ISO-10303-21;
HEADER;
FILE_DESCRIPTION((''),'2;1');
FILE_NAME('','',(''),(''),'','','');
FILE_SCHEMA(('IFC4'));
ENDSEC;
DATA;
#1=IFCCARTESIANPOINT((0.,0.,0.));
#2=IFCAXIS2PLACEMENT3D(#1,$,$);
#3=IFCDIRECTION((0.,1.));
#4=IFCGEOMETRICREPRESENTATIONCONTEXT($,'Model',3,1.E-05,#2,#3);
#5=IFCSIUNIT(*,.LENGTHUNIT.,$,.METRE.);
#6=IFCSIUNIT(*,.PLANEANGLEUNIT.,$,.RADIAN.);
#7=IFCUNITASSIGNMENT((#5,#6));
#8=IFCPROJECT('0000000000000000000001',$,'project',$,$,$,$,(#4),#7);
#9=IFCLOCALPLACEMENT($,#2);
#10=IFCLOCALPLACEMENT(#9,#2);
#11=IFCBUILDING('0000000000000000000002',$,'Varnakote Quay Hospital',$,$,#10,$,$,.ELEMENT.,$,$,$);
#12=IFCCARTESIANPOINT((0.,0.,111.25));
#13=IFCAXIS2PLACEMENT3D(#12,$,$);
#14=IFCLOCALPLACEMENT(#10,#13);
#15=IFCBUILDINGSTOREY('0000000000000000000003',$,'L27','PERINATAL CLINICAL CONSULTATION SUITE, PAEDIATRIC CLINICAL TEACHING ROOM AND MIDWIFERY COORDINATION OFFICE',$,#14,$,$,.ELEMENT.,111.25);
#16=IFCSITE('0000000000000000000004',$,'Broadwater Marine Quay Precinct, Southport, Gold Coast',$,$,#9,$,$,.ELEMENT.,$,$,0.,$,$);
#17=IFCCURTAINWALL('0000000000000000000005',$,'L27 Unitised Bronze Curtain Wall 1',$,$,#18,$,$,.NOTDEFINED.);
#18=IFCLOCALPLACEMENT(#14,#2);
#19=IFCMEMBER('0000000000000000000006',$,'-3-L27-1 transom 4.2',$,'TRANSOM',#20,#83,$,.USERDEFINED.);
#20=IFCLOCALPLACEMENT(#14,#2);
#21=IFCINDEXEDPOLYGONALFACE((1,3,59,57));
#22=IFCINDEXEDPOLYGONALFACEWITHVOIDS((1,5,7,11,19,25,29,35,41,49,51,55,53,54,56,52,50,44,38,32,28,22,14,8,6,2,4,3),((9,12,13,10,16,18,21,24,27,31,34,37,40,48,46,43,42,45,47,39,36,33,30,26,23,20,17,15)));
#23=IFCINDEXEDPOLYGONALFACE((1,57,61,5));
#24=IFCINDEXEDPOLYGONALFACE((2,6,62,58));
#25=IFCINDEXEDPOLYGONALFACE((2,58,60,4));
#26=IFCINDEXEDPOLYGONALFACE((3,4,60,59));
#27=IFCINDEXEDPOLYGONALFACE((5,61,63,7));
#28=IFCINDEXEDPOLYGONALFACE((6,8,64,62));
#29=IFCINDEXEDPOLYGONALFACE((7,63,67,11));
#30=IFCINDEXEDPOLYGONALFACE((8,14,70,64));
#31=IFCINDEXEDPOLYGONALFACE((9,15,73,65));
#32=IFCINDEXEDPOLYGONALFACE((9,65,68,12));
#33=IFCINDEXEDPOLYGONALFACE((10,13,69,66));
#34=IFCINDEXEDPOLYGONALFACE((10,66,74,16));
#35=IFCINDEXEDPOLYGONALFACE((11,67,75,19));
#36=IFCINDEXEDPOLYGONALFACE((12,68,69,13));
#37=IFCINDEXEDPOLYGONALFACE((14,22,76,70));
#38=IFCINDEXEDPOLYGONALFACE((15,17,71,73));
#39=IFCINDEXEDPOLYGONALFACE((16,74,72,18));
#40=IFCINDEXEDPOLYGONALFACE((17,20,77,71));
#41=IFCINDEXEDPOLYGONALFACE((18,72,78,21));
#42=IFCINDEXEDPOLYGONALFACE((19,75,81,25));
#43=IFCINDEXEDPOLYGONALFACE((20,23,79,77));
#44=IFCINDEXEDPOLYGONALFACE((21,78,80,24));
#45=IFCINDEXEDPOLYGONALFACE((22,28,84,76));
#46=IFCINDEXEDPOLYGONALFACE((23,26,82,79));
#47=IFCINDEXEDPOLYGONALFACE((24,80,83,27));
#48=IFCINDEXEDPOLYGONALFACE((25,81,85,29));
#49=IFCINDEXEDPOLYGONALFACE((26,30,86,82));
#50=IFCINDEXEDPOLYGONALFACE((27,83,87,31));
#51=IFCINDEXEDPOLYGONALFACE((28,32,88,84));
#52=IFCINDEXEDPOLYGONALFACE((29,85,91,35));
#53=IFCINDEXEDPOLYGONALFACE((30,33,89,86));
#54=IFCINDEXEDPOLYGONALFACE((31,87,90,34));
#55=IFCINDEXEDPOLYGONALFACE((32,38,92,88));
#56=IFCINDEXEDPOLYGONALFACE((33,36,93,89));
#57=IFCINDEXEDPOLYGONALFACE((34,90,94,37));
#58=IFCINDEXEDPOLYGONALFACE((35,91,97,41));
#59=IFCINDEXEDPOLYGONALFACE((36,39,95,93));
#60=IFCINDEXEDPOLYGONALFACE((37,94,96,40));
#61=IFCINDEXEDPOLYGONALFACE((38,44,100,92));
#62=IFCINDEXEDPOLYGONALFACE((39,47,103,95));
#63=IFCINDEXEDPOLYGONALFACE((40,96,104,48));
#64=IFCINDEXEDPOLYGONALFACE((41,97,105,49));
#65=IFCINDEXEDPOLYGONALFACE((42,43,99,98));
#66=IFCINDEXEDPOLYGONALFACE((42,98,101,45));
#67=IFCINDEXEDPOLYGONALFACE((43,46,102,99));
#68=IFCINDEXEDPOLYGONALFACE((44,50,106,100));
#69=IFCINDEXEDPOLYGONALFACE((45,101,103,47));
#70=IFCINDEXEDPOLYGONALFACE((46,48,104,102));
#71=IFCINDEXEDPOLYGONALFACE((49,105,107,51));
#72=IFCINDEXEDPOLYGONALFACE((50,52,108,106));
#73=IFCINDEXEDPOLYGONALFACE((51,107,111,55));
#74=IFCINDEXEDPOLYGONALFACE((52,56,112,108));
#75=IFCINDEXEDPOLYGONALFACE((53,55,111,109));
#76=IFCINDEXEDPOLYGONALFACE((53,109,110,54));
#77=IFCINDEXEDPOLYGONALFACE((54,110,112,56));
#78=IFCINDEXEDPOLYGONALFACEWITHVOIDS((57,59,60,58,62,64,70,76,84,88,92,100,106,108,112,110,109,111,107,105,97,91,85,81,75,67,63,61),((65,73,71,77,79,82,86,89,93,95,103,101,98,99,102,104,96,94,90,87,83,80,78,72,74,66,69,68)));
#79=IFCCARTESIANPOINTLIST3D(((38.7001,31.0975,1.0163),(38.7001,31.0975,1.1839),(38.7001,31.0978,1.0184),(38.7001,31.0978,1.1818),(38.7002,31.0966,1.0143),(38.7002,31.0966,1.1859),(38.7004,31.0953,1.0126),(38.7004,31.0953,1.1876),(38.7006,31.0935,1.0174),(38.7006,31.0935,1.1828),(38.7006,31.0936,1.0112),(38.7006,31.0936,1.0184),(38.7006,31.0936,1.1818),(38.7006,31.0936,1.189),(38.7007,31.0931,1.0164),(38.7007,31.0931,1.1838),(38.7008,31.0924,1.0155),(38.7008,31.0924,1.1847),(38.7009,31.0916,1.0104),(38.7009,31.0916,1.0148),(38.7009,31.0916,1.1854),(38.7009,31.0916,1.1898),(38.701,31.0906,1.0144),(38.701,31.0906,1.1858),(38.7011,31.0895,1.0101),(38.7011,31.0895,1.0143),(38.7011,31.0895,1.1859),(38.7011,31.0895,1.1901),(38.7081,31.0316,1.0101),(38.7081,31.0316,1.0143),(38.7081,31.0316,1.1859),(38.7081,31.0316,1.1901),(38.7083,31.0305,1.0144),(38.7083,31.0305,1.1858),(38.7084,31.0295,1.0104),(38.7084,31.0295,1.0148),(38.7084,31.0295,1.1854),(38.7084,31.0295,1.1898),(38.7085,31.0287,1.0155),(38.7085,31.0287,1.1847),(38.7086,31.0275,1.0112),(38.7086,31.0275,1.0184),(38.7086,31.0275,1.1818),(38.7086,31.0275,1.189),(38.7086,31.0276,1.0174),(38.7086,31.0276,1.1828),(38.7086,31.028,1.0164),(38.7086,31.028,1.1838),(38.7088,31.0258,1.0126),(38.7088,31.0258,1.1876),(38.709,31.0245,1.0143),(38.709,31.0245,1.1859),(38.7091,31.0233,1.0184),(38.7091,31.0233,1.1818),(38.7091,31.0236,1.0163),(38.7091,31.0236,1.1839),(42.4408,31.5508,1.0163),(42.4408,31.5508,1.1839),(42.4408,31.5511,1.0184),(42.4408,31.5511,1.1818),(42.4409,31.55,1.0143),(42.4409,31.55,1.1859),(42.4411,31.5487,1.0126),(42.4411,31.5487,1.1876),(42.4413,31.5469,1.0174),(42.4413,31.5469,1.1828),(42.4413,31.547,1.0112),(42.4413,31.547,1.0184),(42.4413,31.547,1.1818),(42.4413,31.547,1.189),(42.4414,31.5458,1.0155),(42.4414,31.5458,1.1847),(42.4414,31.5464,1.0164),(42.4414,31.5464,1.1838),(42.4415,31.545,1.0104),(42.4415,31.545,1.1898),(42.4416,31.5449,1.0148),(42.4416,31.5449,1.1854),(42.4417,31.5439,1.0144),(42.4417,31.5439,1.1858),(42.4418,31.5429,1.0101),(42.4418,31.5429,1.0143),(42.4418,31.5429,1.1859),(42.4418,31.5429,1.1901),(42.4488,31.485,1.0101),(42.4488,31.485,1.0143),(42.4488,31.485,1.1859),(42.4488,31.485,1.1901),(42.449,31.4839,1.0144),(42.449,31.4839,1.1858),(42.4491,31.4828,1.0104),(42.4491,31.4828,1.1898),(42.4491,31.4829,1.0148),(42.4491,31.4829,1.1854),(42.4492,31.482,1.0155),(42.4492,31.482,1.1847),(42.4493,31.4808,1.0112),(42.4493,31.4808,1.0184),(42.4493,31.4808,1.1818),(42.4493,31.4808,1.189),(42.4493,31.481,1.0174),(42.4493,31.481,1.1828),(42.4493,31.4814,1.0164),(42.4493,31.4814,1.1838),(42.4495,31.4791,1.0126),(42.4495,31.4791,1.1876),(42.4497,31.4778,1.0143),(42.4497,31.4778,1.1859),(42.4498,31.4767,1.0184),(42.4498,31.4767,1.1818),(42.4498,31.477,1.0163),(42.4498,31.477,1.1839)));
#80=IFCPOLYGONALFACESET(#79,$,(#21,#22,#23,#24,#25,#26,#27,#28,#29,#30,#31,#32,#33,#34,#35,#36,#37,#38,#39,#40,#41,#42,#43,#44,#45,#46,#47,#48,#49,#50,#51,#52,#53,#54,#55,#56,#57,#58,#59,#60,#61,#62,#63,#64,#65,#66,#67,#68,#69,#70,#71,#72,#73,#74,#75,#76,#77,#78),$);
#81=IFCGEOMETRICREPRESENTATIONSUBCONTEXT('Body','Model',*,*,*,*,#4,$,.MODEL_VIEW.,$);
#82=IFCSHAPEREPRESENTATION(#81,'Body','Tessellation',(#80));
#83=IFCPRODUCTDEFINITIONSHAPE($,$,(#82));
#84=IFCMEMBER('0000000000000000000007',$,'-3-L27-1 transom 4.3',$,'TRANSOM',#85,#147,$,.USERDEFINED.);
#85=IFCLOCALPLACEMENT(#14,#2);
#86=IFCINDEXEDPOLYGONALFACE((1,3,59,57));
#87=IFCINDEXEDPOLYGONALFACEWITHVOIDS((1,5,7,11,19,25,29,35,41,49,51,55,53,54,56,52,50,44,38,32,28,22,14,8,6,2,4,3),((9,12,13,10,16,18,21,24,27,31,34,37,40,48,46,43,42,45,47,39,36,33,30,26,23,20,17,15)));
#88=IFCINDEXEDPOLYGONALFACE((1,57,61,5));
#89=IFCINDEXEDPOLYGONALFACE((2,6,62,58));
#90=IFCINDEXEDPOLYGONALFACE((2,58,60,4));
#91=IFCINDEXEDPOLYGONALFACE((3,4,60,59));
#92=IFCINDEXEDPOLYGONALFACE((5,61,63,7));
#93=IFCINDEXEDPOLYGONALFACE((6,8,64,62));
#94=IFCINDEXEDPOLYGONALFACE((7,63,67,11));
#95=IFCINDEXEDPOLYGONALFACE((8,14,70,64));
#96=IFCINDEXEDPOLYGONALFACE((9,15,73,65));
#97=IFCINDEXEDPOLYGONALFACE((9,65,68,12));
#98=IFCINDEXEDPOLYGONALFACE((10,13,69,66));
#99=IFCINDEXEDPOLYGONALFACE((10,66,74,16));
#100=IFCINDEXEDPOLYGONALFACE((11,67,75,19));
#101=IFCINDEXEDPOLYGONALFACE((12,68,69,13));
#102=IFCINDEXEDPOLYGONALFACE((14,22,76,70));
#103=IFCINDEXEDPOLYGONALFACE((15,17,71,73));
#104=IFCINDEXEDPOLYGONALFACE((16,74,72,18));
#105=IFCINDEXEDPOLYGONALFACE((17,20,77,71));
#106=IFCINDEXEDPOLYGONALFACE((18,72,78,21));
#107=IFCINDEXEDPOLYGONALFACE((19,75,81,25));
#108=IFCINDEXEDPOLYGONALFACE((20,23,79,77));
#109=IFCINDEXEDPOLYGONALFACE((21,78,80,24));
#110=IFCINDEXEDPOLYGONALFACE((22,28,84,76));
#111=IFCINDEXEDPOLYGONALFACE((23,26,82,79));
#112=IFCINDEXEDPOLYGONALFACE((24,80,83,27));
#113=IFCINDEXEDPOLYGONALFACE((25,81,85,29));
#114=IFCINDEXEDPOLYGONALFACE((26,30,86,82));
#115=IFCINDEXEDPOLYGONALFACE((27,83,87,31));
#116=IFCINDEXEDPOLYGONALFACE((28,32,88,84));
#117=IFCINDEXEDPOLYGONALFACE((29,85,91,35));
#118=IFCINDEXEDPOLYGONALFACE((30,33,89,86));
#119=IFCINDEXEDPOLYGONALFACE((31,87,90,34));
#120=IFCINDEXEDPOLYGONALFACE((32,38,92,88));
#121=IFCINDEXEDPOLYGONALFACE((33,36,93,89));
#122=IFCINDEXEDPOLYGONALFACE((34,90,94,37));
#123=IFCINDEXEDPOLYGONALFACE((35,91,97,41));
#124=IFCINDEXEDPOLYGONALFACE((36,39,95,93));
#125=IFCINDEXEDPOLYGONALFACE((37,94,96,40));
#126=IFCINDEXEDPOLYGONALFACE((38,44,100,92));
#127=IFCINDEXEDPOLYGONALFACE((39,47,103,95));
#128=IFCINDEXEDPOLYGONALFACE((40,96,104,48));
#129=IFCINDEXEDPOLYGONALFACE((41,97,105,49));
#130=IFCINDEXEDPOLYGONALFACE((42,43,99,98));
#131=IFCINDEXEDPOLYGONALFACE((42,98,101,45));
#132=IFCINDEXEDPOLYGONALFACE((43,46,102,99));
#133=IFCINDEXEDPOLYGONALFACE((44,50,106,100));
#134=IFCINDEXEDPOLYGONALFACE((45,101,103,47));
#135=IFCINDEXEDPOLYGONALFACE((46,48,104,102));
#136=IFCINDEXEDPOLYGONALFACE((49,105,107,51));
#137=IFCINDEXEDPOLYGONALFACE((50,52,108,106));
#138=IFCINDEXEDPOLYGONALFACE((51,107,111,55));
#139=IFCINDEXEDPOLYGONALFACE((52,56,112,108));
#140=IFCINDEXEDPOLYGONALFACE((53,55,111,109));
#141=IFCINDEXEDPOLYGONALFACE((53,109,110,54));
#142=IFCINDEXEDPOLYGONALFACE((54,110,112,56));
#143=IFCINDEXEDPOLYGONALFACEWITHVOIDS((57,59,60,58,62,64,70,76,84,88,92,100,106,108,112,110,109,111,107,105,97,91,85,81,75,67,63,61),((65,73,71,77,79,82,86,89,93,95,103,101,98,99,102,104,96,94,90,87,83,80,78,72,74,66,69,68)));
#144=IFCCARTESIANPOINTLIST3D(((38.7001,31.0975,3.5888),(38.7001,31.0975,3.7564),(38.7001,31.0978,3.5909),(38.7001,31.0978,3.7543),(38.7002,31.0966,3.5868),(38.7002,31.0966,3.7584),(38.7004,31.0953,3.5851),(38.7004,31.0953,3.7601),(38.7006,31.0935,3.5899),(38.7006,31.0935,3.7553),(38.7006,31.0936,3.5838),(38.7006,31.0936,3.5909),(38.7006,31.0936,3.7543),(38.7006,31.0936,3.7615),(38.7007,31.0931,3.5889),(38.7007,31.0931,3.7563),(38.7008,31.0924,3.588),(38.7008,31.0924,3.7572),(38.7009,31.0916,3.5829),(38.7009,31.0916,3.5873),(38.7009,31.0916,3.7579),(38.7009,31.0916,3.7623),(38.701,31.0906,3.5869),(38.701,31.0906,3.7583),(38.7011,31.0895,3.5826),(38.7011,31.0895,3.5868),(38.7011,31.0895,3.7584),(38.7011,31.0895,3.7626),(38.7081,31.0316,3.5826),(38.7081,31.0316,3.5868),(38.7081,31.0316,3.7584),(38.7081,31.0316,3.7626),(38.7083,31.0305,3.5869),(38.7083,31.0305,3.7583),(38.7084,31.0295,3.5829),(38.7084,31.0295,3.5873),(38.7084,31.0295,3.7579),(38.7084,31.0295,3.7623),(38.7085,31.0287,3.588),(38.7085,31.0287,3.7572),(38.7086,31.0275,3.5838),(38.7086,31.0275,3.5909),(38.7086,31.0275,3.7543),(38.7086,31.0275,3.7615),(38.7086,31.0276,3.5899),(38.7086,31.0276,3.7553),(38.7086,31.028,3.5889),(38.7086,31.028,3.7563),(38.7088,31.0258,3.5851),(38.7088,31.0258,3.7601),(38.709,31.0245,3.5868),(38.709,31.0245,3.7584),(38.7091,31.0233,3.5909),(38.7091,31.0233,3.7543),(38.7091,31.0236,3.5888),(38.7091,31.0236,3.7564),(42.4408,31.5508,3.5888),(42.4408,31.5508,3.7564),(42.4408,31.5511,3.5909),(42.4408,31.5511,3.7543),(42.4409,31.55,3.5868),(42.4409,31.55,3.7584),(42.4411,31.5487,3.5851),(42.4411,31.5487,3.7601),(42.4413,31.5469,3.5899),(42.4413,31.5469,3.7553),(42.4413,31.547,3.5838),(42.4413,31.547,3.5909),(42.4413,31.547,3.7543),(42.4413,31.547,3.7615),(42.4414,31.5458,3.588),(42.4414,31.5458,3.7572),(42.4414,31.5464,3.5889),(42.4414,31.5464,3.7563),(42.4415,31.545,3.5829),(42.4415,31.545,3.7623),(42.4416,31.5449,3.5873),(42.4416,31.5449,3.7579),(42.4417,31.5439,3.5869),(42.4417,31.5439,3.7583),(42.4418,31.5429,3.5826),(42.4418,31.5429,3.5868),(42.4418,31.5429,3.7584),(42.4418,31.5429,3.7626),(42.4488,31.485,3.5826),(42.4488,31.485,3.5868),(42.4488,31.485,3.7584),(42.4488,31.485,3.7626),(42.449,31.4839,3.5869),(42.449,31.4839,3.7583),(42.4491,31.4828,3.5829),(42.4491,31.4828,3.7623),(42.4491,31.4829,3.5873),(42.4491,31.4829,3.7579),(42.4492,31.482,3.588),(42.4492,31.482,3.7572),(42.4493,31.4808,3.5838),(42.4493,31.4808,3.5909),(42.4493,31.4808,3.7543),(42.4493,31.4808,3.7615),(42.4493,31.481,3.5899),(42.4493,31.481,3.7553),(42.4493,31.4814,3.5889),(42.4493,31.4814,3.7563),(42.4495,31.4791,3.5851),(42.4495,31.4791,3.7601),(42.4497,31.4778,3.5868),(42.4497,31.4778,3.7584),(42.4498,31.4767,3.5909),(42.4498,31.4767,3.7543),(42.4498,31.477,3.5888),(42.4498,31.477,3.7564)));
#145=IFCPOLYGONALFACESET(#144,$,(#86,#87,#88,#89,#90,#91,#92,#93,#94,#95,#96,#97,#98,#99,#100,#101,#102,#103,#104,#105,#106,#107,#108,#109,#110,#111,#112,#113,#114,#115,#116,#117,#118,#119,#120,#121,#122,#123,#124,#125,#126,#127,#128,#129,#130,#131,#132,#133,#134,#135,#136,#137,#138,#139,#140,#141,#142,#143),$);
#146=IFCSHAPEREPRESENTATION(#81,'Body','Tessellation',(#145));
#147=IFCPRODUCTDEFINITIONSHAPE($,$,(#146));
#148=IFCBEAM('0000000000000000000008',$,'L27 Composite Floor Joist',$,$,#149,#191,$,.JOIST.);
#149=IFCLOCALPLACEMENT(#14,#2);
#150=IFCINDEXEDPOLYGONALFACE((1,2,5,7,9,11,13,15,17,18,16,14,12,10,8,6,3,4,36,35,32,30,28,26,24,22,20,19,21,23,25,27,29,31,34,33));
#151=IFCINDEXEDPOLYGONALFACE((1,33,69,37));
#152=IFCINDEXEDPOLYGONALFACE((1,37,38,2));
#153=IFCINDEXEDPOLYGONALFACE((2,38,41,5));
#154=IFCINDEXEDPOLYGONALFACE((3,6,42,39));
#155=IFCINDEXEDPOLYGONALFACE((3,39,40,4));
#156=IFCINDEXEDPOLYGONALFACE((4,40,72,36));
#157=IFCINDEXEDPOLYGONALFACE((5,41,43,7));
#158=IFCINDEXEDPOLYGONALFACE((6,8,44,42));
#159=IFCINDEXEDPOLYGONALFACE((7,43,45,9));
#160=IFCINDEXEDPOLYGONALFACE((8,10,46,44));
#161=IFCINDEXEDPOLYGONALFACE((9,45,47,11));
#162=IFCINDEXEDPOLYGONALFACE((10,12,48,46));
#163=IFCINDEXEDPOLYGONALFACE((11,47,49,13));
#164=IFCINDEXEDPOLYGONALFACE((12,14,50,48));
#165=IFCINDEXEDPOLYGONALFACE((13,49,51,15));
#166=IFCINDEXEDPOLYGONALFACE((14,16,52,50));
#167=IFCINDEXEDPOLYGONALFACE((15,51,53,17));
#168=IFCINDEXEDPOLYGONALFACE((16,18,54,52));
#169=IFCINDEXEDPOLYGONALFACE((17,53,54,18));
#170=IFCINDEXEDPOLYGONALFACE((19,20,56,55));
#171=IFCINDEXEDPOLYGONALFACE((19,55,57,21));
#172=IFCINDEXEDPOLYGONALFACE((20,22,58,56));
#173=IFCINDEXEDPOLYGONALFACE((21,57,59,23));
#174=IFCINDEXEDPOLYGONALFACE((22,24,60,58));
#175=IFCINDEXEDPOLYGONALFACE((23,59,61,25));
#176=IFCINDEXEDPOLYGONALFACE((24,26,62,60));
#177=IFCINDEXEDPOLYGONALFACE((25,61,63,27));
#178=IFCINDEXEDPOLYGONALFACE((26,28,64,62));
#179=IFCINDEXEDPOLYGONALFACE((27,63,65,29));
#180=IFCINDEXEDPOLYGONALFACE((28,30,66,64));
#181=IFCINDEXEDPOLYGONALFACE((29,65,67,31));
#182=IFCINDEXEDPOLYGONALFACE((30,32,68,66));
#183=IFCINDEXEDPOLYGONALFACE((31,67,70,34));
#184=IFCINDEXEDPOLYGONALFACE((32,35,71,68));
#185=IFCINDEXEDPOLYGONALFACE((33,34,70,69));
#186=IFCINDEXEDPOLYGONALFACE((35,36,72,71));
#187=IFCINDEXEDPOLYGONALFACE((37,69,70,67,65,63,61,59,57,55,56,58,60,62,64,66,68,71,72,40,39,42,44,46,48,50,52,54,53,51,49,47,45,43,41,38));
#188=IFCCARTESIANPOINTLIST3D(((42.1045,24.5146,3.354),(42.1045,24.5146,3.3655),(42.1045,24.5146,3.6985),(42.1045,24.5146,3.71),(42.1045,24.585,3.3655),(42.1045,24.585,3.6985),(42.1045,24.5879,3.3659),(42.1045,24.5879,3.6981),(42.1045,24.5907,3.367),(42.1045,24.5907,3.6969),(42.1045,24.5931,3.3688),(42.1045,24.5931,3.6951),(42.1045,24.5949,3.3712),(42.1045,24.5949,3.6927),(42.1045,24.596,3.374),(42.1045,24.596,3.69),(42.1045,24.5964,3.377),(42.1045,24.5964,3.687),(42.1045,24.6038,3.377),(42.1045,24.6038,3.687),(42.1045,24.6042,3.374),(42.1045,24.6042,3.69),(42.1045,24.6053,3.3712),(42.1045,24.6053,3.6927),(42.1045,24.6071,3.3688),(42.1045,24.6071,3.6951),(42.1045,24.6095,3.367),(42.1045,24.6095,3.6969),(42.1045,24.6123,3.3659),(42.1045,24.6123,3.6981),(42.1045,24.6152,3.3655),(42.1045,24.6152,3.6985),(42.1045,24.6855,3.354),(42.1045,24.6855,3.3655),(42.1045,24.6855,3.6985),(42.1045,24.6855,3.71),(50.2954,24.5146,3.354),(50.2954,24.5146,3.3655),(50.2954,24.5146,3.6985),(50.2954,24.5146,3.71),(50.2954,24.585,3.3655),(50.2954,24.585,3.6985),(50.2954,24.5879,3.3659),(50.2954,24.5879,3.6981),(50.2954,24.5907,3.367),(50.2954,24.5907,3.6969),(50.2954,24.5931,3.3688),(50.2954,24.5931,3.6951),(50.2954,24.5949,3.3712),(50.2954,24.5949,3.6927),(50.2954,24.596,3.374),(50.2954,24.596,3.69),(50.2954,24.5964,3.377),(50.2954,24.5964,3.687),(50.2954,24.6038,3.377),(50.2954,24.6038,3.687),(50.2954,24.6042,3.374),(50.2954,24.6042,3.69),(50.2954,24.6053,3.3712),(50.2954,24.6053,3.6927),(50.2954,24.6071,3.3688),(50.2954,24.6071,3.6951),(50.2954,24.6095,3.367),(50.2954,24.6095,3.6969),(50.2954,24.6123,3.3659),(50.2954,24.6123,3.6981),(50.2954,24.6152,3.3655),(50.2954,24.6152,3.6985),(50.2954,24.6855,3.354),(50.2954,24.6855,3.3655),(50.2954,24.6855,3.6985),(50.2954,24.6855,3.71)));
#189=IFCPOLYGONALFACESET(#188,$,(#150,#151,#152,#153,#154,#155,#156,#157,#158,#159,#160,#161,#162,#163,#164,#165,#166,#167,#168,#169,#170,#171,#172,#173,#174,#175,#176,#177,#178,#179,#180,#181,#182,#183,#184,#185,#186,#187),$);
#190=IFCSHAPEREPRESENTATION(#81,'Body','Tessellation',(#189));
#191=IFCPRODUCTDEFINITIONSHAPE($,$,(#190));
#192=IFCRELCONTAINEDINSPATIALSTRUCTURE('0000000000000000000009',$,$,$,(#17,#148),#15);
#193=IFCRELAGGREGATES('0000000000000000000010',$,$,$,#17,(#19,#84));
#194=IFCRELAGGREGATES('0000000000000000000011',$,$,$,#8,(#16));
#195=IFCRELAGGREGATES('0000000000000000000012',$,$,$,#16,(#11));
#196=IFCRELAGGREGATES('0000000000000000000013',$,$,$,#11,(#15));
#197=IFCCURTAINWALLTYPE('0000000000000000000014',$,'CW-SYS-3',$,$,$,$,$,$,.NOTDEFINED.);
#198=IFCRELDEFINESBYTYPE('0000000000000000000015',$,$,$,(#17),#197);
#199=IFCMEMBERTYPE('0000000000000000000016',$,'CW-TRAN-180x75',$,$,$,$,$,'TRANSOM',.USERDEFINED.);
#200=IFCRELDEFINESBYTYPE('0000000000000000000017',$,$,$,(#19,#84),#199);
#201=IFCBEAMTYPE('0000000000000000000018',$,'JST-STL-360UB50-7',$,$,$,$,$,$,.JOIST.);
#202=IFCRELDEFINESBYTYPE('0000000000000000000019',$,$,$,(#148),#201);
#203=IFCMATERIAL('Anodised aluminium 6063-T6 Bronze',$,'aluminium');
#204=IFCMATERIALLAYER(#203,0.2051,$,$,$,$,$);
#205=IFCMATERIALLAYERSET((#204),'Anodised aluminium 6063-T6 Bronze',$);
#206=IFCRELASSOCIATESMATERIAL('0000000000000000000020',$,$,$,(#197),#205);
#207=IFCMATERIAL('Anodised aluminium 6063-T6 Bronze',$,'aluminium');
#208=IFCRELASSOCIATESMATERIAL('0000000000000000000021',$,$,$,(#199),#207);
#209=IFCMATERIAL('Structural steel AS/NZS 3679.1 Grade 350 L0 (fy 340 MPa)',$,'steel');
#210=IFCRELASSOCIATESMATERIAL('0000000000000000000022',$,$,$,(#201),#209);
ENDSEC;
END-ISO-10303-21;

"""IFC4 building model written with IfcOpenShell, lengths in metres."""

from ifc_helpers import new_model, si_unit, direction, frame, origin, origin_2d, place, context, subcontext, project, spatial, hollow_rectangle, i_section, extrude, material, layer, layer_set, material_profile, profile_set, type_object, element, aggregate, save


model = new_model("IFC4")

# Units and contexts
model_context = context("Model", 3, precision=1e-05, world=origin(), true_north=direction((0.0, 1.0)))
body_context = subcontext(model_context, "Body", "Model", "MODEL_VIEW")
ifc_project = project(units=[si_unit("LENGTHUNIT", "METRE"), si_unit("PLANEANGLEUNIT", "RADIAN")], contexts=[model_context])

# Site, building, storey
site_placement = place(None, origin())
site = spatial("IfcSite", under=ifc_project, at=site_placement, Name="Broadwater Marine Quay Precinct, Southport, Gold Coast", CompositionType="ELEMENT", RefElevation=0.0)
building_placement = place(site_placement, origin())
building = spatial("IfcBuilding", under=site, at=building_placement, Name="Varnakote Quay Hospital", CompositionType="ELEMENT")
storey_placement = place(building_placement, frame((0.0, 0.0, 111.25)))
storey = spatial("IfcBuildingStorey", under=building, at=storey_placement, Name="L27", Description="PERINATAL CLINICAL CONSULTATION SUITE, PAEDIATRIC CLINICAL TEACHING ROOM AND MIDWIFERY COORDINATION OFFICE", CompositionType="ELEMENT", Elevation=111.25)

# Curtain wall, members
ifc_material_1 = material(Name="Anodised aluminium 6063-T6 Bronze", Category="aluminium")
ifc_layer_1 = layer(ifc_material_1, 0.2051)
ifc_layer_set_1 = layer_set([ifc_layer_1], Name="Anodised aluminium 6063-T6 Bronze")
curtain_wall_type = type_object("IfcCurtainWallType", Name="CW-SYS-3", PredefinedType="NOTDEFINED", material=ifc_layer_set_1)
curtain_wall_placement = place(storey_placement, origin())
curtain_wall = element("IfcCurtainWall", 1, at=curtain_wall_placement, inside=storey, type_object=curtain_wall_type, Name="L27 Unitised Bronze Curtain Wall 1", PredefinedType="NOTDEFINED")
ifc_material_2 = material(Name="Anodised aluminium 6063-T6 Bronze", Category="aluminium")
ifc_material_profile_1 = material_profile(ifc_material_2, hollow_rectangle(XDim=0.075, YDim=0.1799, WallThickness=0.0042, InnerFilletRadius=0.0042, OuterFilletRadius=0.0083, at=origin_2d()), Name="CW-TRAN-180x75")
ifc_profile_set_1 = profile_set([ifc_material_profile_1], Name="Anodised aluminium 6063-T6 Bronze")
member_type_1 = type_object("IfcMemberType", Name="CW-TRAN-180x75", ElementType="TRANSOM", PredefinedType="USERDEFINED", material=ifc_profile_set_1)
member_1_placement = place(storey_placement, frame((42.4453, 31.5139, 1.1001), z_axis=(-0.992735, -0.120318, 0.0), x_axis=(0.120318, -0.992735, 0.0)))
member_1 = element("IfcMember", 2, at=member_1_placement, type_object=member_type_1, Name="-3-L27-1 transom 4.2", ObjectType="TRANSOM", PredefinedType="USERDEFINED", context=body_context, shape_type="SweptSolid", body=[
    extrude(hollow_rectangle(XDim=0.075, YDim=0.1799, WallThickness=0.0042, InnerFilletRadius=0.0042, OuterFilletRadius=0.0083, at=origin_2d()), origin(), (0.0, 0.0, 1.0), 3.7681),
])
member_2_placement = place(storey_placement, frame((42.4453, 31.5139, 3.6726), z_axis=(-0.992735, -0.120318, 0.0), x_axis=(0.120318, -0.992735, 0.0)))
member_2 = element("IfcMember", 3, at=member_2_placement, type_object=member_type_1, Name="-3-L27-1 transom 4.3", ObjectType="TRANSOM", PredefinedType="USERDEFINED", context=body_context, shape_type="SweptSolid", body=[
    extrude(hollow_rectangle(XDim=0.075, YDim=0.1799, WallThickness=0.0042, InnerFilletRadius=0.0042, OuterFilletRadius=0.0083, at=origin_2d()), origin(), (0.0, 0.0, 1.0), 3.7681),
])

# Beam
ifc_material_3 = material(Name="Structural steel AS/NZS 3679.1 Grade 350 L0 (fy 340 MPa)", Category="steel")
ifc_material_profile_2 = material_profile(ifc_material_3, i_section(OverallWidth=0.1709, OverallDepth=0.356, WebThickness=0.0073, FlangeThickness=0.0115, FilletRadius=0.0115, at=origin_2d()), Name="360UB50.7")
ifc_profile_set_2 = profile_set([ifc_material_profile_2], Name="Structural steel AS/NZS 3679.1 Grade 350 L0 (fy 340 MPa)")
beam_type_1 = type_object("IfcBeamType", Name="JST-STL-360UB50-7", PredefinedType="JOIST", material=ifc_profile_set_2)
beam_1_placement = place(storey_placement, frame((42.1045, 24.6001, 3.532), z_axis=(1.0, 0.0, 0.0), x_axis=(0.0, 1.0, 0.0)))
element("IfcBeam", 4, at=beam_1_placement, inside=storey, type_object=beam_type_1, Name="L27 Composite Floor Joist", PredefinedType="JOIST", context=body_context, shape_type="SweptSolid", body=[
    extrude(i_section(OverallWidth=0.1709, OverallDepth=0.356, WebThickness=0.0073, FlangeThickness=0.0115, FilletRadius=0.0115, at=origin_2d()), origin(), (0.0, 0.0, 1.0), 8.1909),
])

aggregate(curtain_wall, [member_1, member_2])

save(model, "model.ifc")
